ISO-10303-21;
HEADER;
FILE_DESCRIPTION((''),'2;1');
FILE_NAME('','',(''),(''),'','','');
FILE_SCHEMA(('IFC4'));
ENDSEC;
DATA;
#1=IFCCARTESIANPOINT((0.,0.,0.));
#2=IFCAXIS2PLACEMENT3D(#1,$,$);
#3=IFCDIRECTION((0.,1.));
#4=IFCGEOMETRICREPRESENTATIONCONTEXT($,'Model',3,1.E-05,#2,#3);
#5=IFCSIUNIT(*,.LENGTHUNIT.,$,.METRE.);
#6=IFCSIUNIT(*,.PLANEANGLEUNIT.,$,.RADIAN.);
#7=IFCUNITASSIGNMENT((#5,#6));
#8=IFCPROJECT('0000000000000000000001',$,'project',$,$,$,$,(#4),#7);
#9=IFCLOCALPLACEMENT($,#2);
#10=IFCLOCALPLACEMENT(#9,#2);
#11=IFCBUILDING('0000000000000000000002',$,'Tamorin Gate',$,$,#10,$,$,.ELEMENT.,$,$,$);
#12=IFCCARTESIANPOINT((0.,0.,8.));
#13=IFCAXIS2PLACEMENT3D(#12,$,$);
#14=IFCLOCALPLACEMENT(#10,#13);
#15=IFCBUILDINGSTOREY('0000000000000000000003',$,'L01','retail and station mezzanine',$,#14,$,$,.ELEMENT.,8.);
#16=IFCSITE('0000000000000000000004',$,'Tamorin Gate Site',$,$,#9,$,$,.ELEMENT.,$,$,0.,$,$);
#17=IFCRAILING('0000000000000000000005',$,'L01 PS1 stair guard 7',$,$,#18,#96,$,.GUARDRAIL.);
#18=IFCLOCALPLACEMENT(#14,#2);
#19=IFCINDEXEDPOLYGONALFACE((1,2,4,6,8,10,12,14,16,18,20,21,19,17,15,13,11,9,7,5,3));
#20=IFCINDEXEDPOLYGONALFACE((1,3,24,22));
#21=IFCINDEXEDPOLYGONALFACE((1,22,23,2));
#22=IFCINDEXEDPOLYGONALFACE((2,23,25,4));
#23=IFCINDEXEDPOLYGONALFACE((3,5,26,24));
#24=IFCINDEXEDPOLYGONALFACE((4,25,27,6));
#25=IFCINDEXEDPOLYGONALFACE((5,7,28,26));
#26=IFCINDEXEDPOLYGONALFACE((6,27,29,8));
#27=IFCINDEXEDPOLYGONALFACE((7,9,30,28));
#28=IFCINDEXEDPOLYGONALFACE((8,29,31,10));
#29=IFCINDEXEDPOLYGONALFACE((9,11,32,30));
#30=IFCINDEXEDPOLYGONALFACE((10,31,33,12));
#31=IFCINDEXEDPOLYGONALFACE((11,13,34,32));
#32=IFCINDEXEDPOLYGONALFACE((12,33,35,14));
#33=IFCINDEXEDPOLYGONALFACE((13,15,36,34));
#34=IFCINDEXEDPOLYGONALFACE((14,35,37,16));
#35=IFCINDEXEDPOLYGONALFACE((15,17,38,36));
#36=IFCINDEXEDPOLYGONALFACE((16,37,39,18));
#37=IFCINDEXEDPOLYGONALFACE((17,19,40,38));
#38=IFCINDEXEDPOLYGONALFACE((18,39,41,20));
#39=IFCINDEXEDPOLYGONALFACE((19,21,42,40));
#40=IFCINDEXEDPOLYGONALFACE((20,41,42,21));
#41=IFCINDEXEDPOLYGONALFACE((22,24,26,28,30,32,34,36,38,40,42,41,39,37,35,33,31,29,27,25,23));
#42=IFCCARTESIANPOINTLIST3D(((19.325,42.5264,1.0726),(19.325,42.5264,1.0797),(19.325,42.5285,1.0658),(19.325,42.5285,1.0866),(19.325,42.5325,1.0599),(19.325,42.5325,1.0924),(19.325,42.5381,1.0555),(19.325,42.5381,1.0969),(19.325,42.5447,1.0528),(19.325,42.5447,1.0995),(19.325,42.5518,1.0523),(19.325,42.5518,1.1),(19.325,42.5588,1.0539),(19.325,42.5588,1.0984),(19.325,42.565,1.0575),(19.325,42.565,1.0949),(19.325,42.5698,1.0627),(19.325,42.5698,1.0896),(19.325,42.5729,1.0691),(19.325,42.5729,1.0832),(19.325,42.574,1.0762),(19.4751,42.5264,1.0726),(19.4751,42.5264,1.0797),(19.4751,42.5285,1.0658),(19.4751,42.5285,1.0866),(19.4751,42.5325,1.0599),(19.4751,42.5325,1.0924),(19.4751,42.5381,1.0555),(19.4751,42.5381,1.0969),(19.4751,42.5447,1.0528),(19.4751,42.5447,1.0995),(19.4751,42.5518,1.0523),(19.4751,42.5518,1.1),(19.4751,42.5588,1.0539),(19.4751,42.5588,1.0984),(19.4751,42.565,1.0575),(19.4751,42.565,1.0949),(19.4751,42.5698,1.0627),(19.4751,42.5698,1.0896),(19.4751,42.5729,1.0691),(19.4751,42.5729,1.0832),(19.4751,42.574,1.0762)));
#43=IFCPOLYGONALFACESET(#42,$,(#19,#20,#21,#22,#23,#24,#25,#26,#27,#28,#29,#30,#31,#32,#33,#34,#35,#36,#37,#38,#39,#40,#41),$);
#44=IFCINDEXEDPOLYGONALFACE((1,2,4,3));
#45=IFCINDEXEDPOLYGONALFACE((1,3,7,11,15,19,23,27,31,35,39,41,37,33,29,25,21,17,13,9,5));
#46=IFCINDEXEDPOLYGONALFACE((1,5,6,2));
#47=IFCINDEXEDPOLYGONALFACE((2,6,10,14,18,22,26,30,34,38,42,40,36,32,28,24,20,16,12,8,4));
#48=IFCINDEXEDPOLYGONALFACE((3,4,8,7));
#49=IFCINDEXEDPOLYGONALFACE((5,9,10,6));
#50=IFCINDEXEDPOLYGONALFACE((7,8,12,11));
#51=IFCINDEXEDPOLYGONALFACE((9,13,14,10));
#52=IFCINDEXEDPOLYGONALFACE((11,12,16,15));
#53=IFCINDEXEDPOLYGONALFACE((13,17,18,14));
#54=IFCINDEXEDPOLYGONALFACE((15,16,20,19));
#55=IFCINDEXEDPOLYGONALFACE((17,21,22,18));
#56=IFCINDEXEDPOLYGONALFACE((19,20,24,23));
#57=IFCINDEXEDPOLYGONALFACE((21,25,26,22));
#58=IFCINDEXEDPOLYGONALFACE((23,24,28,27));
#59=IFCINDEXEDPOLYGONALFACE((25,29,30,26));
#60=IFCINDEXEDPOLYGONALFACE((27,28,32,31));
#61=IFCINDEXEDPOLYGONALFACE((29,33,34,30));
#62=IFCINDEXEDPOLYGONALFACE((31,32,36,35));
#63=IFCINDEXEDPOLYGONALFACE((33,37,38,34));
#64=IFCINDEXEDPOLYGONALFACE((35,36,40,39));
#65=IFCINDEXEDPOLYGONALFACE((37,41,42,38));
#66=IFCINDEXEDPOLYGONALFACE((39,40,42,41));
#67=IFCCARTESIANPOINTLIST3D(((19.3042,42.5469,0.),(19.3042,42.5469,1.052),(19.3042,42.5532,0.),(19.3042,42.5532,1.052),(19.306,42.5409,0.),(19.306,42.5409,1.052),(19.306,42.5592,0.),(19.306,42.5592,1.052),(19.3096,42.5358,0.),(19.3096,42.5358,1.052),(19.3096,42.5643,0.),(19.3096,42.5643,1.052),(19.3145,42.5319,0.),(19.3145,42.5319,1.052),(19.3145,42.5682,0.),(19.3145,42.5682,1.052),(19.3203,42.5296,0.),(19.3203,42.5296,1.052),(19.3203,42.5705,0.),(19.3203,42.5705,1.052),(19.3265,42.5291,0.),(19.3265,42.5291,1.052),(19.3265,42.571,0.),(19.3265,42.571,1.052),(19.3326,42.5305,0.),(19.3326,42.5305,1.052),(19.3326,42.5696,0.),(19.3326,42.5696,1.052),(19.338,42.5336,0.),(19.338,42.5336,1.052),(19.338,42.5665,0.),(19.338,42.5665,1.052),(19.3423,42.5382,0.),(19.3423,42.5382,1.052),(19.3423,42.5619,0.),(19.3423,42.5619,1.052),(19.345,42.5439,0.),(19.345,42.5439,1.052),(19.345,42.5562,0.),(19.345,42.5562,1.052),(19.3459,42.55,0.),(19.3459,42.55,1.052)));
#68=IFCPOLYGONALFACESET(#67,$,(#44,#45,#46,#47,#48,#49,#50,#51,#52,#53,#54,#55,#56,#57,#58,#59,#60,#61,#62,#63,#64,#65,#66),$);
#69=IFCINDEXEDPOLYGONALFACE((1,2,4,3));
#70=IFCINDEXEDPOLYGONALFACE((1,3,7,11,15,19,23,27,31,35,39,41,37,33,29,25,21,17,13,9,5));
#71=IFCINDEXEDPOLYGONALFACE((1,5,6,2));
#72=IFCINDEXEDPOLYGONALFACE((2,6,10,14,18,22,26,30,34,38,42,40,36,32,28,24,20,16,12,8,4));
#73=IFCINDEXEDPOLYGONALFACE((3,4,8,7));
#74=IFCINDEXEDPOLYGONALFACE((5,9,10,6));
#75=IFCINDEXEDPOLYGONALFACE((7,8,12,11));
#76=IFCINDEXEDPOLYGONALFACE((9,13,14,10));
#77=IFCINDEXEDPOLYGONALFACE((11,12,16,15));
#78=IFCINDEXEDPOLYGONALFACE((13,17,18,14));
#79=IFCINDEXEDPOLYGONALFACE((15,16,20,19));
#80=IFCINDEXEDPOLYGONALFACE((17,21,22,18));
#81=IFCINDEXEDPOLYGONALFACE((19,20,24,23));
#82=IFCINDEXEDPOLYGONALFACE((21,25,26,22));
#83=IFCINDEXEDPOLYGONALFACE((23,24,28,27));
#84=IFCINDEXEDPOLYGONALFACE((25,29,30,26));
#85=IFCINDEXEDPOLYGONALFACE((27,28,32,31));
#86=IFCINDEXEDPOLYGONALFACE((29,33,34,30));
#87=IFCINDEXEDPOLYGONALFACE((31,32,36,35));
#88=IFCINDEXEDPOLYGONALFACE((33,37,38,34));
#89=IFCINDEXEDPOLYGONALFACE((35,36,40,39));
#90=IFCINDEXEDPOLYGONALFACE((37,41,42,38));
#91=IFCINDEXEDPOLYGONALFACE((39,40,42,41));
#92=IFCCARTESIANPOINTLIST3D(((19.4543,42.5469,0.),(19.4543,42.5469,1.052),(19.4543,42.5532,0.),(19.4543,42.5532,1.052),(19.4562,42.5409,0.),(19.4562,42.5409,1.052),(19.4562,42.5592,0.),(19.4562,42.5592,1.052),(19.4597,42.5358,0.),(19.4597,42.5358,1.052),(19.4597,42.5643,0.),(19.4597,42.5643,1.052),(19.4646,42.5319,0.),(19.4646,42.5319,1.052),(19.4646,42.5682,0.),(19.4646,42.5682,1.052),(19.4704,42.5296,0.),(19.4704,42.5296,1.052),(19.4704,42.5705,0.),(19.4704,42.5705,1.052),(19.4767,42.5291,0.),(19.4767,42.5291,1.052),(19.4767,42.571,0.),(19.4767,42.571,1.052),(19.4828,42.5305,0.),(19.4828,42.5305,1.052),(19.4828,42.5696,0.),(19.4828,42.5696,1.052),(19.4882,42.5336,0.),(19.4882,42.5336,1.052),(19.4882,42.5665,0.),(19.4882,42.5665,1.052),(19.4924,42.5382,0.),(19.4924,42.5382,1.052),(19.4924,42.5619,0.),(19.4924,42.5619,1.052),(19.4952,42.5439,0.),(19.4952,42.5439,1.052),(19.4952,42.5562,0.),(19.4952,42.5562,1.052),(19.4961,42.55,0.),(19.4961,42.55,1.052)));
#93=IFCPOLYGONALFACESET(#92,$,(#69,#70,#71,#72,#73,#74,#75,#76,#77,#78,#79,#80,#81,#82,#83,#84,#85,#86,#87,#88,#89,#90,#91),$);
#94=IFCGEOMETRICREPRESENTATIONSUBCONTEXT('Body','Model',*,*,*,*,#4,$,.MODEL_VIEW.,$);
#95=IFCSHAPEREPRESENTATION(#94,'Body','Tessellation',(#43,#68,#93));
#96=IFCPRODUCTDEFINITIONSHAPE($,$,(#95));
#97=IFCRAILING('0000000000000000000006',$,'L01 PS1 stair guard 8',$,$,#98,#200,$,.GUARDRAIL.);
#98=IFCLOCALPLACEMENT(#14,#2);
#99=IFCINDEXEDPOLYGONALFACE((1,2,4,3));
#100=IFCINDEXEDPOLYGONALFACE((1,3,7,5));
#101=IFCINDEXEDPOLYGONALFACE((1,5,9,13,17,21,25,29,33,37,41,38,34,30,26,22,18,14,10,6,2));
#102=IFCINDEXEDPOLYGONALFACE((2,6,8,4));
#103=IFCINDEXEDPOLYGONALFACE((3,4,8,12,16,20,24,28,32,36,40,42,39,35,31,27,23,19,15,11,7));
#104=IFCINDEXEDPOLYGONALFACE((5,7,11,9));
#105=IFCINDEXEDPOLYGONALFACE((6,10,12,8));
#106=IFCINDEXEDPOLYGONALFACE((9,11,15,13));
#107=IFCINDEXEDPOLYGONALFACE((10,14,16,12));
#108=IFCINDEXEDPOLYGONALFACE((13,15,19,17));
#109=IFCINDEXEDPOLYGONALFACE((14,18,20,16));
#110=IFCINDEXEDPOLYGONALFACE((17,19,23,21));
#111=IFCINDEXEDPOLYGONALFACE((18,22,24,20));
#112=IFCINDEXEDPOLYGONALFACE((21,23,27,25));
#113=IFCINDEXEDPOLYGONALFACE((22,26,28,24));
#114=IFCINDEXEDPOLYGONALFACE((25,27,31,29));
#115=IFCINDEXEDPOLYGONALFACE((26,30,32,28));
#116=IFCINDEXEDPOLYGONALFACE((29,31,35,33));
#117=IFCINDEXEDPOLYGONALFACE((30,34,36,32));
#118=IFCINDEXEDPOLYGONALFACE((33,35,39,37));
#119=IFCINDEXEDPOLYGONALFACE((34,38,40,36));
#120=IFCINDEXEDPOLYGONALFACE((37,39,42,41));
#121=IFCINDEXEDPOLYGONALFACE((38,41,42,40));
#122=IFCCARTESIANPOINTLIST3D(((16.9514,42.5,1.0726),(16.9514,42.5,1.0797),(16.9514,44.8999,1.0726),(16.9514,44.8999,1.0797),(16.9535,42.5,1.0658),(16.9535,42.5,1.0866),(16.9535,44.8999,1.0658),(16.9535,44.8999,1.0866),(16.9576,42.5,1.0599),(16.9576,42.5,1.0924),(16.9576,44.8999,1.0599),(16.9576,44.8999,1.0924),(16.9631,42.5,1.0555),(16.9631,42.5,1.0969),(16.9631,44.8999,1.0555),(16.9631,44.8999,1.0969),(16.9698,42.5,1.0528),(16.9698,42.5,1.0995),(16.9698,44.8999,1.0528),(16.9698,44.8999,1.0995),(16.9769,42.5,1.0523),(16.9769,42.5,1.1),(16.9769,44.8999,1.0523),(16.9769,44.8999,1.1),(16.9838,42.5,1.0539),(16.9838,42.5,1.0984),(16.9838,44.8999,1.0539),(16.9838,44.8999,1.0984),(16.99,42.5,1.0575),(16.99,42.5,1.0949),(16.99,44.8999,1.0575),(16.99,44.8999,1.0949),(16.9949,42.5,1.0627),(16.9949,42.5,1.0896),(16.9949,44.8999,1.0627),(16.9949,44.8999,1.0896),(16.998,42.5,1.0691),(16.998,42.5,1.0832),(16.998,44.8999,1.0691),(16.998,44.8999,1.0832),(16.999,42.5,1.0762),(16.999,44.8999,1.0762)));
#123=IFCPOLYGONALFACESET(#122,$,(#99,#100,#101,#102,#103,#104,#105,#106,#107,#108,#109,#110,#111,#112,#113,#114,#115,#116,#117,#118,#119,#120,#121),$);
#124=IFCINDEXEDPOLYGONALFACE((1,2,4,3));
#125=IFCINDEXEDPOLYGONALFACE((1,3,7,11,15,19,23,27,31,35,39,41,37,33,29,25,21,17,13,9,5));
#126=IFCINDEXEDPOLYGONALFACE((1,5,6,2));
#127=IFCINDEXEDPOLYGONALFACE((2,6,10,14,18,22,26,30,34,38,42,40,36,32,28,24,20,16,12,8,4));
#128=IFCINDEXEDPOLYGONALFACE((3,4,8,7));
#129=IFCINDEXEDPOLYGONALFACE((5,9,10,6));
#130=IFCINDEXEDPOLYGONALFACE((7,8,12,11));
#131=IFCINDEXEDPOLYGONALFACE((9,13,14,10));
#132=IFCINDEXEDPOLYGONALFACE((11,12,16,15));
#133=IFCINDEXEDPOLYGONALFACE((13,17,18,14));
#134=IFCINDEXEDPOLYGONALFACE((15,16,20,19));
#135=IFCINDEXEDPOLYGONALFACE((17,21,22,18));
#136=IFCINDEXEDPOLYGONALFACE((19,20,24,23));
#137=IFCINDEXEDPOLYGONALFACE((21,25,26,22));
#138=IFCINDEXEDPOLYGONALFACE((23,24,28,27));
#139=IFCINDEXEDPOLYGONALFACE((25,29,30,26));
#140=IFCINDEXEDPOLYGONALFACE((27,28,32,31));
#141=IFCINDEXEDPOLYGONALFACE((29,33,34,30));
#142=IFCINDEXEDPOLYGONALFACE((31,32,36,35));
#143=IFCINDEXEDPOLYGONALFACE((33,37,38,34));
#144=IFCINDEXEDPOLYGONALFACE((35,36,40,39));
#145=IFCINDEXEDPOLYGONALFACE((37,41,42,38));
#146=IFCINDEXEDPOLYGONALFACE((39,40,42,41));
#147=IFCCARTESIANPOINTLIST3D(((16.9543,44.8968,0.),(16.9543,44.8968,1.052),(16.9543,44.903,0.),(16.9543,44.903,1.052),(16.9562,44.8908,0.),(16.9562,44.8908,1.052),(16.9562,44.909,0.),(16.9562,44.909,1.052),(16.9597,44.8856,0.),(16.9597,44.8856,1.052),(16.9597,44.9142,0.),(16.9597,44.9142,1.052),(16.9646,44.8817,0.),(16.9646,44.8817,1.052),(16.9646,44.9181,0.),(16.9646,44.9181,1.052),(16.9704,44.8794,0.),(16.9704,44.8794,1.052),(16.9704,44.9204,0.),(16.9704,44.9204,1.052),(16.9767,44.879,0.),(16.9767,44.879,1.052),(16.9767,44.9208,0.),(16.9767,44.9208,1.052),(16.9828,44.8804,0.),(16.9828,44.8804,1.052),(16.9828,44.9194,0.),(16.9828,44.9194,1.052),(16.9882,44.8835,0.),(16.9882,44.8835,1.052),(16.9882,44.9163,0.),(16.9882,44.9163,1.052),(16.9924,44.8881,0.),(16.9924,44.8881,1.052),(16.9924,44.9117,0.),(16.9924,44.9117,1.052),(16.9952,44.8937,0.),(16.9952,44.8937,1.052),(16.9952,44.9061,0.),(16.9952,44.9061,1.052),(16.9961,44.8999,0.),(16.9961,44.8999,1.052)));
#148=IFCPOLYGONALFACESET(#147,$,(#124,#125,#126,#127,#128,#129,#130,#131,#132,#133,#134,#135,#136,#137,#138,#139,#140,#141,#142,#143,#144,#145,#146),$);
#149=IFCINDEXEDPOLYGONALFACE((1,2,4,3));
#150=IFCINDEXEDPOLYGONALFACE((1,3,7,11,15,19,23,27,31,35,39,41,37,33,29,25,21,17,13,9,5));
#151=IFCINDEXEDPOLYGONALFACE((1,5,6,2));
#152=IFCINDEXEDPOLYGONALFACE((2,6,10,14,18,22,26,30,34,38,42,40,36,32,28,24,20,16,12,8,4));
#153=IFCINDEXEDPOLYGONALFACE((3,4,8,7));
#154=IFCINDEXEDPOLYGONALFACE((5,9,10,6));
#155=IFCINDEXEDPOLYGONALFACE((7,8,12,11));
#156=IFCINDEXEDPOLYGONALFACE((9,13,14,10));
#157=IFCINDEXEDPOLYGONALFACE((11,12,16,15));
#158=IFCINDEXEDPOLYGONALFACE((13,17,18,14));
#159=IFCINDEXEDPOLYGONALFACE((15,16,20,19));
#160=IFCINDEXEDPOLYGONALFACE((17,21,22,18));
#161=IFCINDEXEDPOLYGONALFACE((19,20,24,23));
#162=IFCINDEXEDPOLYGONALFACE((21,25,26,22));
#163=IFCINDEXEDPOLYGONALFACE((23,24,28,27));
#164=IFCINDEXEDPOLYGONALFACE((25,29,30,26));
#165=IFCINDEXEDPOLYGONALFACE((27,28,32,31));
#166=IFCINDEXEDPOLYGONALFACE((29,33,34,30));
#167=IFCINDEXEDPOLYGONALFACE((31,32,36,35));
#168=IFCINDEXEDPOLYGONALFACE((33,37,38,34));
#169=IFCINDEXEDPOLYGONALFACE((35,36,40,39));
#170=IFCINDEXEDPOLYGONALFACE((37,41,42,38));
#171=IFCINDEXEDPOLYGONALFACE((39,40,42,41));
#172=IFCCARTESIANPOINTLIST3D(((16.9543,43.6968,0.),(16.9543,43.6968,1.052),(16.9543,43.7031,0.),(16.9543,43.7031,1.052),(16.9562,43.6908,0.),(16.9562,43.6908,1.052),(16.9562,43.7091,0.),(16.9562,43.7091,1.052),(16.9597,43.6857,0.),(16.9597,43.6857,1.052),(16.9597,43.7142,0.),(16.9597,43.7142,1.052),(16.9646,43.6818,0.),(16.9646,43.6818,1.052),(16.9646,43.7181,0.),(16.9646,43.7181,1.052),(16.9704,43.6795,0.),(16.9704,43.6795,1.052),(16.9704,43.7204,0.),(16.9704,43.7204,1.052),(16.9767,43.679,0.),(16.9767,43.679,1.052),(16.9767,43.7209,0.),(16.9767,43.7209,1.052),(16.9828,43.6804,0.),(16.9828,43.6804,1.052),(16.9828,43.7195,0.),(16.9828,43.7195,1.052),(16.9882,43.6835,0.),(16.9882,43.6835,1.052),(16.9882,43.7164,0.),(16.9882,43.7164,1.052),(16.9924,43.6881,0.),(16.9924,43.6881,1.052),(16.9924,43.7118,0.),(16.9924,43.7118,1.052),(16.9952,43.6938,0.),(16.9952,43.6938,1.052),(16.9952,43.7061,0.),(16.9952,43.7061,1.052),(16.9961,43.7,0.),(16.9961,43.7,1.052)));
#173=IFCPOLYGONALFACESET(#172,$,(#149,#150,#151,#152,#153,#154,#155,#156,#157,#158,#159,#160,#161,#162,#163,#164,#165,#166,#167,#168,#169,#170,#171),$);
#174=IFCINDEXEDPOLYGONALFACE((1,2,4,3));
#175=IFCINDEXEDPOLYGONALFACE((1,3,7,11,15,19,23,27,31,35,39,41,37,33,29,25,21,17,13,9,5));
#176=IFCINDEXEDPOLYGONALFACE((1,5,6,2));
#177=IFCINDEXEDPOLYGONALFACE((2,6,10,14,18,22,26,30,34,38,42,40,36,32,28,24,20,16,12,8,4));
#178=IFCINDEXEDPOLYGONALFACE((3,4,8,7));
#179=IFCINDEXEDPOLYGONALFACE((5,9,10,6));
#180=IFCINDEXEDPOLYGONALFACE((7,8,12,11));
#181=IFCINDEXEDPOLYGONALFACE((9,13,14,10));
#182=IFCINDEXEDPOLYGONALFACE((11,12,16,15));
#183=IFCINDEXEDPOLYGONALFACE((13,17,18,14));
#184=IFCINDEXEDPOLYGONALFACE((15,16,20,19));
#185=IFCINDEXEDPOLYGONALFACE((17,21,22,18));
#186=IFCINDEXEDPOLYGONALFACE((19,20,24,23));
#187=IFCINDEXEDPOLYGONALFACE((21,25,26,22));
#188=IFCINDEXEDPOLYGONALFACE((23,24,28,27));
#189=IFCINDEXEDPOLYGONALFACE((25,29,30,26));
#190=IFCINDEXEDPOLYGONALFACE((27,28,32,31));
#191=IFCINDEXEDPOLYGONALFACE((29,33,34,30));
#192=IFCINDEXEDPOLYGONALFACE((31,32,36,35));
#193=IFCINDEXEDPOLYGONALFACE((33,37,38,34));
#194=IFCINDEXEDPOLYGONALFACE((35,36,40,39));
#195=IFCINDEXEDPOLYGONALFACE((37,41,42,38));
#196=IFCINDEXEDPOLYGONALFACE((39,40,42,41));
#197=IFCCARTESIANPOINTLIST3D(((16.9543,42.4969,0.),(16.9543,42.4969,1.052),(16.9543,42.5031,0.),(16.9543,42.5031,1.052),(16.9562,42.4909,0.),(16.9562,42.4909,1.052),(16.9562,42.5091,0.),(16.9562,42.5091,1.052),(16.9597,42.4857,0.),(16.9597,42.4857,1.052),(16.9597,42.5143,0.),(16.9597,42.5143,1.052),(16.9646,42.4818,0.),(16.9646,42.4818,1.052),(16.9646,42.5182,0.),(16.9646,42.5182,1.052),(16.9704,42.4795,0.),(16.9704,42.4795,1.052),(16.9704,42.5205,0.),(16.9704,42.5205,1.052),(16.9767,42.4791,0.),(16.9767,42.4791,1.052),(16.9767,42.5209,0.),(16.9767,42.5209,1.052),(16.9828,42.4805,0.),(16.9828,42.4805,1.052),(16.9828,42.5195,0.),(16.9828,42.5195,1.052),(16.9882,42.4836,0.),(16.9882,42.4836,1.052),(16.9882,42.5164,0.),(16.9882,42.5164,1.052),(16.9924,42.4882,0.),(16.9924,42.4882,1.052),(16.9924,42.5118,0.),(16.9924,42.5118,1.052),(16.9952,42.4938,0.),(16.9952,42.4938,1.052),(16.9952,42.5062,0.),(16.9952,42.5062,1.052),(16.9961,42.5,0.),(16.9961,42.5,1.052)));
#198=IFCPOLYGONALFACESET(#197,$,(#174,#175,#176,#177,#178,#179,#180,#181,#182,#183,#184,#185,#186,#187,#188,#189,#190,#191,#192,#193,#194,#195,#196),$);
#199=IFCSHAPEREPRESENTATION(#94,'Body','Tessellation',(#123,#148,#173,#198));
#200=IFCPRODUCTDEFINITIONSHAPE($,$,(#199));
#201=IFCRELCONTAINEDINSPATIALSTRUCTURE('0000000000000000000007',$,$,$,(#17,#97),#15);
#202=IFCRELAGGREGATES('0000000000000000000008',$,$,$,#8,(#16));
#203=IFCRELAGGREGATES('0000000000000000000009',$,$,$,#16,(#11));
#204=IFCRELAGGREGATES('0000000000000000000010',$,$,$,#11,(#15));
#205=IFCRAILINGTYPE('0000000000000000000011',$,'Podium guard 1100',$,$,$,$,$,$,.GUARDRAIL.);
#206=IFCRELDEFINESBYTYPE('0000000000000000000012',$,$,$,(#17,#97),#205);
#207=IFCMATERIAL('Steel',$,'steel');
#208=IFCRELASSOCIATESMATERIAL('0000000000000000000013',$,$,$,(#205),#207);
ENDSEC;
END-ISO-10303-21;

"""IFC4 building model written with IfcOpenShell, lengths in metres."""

from ifc_helpers import new_model, si_unit, direction, frame, origin, origin_2d, place, context, subcontext, project, spatial, circle, extrude, material, type_object, element, save


model = new_model("IFC4")

# Units and contexts
model_context = context("Model", 3, precision=1e-05, world=origin(), true_north=direction((0.0, 1.0)))
body_context = subcontext(model_context, "Body", "Model", "MODEL_VIEW")
ifc_project = project(units=[si_unit("LENGTHUNIT", "METRE"), si_unit("PLANEANGLEUNIT", "RADIAN")], contexts=[model_context])

# Site, building, storey
site_placement = place(None, origin())
site = spatial("IfcSite", under=ifc_project, at=site_placement, Name="Tamorin Gate Site", CompositionType="ELEMENT", RefElevation=0.0)
building_placement = place(site_placement, origin())
building = spatial("IfcBuilding", under=site, at=building_placement, Name="Tamorin Gate", CompositionType="ELEMENT")
storey_placement = place(building_placement, frame((0.0, 0.0, 8.0)))
storey = spatial("IfcBuildingStorey", under=building, at=storey_placement, Name="L01", Description="retail and station mezzanine", CompositionType="ELEMENT", Elevation=8.0)

# Railings
ifc_material_1 = material(Name="Steel", Category="steel")
railing_type_1 = type_object("IfcRailingType", Name="Podium guard 1100", PredefinedType="GUARDRAIL", material=ifc_material_1)
railing_1_placement = place(storey_placement, frame((19.325, 42.55, 0.0)))
element("IfcRailing", 1, at=railing_1_placement, inside=storey, type_object=railing_type_1, Name="L01 PS1 stair guard 7", PredefinedType="GUARDRAIL", context=body_context, shape_type="SweptSolid", body=[
    extrude(circle(Radius=0.0239, at=origin_2d()), frame((0.0, 0.0, 1.0762), z_axis=(1.0, 0.0, 0.0), x_axis=(0.0, 1.0, 0.0)), (0.0, 0.0, 1.0), 0.1501),
    extrude(circle(Radius=0.021, at=origin_2d()), origin(), (0.0, 0.0, 1.0), 1.052),
    extrude(circle(Radius=0.021, at=origin_2d()), frame((0.1501, 0.0, 0.0)), (0.0, 0.0, 1.0), 1.052),
])
for number, where, name in (
    (2, (16.9751, 44.8999, 0.0), "L01 PS1 stair guard 8"),
):
    element("IfcRailing", number, at=place(storey_placement, frame(where)), inside=storey, type_object=railing_type_1, Name=name, PredefinedType="GUARDRAIL", context=body_context, shape_type="SweptSolid", body=[
        extrude(circle(Radius=0.0239, at=origin_2d()), frame((0.0, 0.0, 1.0762), z_axis=(0.0, -1.0, 0.0), x_axis=(1.0, 0.0, 0.0)), (0.0, 0.0, 1.0), 2.3999),
        extrude(circle(Radius=0.021, at=origin_2d()), origin(), (0.0, 0.0, 1.0), 1.052),
        extrude(circle(Radius=0.021, at=origin_2d()), frame((0.0, -1.2, 0.0)), (0.0, 0.0, 1.0), 1.052),
        extrude(circle(Radius=0.021, at=origin_2d()), frame((0.0, -2.3999, 0.0)), (0.0, 0.0, 1.0), 1.052),
    ])

save(model, "model.ifc")
